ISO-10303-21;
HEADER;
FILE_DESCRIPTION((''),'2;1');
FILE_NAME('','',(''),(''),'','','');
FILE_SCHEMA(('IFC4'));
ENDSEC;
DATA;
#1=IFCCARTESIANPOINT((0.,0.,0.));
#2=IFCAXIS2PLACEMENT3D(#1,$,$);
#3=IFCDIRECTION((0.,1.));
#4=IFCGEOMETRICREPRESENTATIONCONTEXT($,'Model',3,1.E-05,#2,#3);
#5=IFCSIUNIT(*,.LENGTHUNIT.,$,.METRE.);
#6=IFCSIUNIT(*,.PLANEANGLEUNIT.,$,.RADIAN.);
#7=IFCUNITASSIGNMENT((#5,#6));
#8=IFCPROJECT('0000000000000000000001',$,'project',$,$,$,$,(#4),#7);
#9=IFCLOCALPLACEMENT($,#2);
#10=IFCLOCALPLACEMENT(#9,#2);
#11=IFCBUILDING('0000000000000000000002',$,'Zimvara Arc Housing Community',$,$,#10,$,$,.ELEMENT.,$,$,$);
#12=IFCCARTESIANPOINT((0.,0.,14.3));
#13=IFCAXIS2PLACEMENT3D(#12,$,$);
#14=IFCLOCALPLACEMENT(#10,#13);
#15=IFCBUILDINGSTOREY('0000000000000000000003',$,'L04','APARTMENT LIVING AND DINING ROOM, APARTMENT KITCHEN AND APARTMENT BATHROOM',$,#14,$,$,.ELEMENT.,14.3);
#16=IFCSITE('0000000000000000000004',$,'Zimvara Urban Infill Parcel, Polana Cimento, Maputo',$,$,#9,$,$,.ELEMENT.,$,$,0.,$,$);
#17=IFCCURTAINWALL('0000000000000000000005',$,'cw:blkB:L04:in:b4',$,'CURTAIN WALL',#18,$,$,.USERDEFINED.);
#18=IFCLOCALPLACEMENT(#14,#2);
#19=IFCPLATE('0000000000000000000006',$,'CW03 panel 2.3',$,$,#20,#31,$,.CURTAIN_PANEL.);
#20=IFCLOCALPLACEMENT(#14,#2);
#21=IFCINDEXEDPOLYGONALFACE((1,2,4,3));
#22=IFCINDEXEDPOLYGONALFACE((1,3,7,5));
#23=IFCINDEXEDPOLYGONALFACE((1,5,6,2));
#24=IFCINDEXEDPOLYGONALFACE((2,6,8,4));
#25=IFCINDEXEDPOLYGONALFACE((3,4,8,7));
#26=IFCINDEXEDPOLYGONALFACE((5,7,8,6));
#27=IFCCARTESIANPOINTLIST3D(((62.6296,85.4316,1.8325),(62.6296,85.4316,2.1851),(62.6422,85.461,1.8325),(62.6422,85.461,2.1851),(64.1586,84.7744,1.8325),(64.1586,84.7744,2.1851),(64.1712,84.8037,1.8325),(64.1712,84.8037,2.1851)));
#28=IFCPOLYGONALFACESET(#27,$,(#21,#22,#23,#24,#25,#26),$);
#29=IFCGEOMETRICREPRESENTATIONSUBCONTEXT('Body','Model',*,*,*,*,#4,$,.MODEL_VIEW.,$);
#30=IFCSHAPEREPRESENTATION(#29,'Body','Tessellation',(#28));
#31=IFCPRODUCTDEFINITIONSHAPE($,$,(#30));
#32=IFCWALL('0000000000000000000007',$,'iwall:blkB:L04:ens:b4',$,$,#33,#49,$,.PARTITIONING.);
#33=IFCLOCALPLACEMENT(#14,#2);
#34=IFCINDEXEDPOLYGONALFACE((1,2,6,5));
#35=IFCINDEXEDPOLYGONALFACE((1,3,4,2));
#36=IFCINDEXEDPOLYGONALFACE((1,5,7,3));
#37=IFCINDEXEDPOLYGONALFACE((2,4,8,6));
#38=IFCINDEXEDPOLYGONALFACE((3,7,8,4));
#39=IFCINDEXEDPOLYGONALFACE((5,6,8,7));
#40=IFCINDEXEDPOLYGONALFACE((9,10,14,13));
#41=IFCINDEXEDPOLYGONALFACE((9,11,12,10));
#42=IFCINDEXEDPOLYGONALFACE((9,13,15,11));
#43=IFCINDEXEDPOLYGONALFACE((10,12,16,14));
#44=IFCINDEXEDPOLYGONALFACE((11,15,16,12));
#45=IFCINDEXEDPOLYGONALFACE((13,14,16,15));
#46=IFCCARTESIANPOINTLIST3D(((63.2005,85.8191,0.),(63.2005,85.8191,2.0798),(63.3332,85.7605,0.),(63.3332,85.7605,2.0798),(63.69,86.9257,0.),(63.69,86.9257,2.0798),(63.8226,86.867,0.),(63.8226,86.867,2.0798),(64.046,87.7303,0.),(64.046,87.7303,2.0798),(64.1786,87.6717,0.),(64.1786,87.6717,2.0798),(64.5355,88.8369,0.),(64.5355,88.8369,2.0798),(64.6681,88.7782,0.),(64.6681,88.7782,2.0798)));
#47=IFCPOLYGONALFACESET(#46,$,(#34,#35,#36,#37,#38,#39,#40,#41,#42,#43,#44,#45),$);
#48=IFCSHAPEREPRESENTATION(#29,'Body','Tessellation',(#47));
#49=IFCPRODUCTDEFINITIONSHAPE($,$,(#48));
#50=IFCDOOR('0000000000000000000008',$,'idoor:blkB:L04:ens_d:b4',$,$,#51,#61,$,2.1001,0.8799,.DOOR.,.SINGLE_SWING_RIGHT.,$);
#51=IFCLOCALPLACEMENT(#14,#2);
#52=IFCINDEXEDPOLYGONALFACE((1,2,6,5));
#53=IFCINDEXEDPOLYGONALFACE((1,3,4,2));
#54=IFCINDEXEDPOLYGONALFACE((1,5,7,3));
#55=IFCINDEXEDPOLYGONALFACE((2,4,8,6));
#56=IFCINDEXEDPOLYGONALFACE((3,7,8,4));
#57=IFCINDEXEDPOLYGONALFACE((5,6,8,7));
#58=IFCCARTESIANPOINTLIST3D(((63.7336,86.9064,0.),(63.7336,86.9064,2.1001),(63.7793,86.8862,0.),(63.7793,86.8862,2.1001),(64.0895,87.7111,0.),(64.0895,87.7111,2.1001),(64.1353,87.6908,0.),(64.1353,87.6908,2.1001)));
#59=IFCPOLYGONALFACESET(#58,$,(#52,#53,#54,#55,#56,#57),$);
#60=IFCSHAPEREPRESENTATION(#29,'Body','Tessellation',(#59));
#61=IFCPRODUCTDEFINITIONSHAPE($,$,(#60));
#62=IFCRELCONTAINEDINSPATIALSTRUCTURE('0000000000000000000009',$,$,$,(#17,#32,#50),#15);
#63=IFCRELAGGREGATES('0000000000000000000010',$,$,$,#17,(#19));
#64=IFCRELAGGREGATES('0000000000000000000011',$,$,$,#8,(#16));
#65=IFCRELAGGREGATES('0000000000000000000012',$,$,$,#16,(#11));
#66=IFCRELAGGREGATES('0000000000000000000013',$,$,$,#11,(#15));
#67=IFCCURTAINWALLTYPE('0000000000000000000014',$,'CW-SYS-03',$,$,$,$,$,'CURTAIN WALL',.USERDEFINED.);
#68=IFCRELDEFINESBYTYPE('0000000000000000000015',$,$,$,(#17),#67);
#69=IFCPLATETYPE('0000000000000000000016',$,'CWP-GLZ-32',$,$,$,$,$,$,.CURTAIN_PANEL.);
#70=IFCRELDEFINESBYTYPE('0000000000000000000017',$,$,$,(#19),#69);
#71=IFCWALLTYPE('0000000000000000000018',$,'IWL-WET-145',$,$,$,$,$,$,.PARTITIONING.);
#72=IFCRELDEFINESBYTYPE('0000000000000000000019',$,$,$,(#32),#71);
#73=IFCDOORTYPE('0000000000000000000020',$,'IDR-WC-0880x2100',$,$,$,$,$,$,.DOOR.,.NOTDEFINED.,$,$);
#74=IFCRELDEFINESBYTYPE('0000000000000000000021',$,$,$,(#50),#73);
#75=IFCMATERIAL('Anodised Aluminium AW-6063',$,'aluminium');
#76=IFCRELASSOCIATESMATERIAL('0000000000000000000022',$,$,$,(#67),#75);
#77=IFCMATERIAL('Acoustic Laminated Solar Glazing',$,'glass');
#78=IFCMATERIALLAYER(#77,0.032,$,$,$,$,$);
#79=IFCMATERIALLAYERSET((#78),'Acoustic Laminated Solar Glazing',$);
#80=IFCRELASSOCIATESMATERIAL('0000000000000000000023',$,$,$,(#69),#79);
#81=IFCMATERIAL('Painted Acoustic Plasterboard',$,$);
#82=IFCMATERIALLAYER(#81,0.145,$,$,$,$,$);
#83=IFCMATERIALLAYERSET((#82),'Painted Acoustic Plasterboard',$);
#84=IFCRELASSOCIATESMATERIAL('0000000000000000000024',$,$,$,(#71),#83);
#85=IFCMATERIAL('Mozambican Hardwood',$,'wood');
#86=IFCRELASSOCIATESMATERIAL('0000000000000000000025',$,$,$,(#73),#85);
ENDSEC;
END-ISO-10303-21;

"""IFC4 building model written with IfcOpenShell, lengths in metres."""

from ifc_helpers import new_model, si_unit, direction, frame, frame_2d, origin, origin_2d, place, context, subcontext, project, spatial, rectangle, extrude, material, layer, layer_set, type_object, element, fill, aggregate, save


model = new_model("IFC4")

# Units and contexts
model_context = context("Model", 3, precision=1e-05, world=origin(), true_north=direction((0.0, 1.0)))
body_context = subcontext(model_context, "Body", "Model", "MODEL_VIEW")
ifc_project = project(units=[si_unit("LENGTHUNIT", "METRE"), si_unit("PLANEANGLEUNIT", "RADIAN")], contexts=[model_context])

# Site, building, storey
site_placement = place(None, origin())
site = spatial("IfcSite", under=ifc_project, at=site_placement, Name="Zimvara Urban Infill Parcel, Polana Cimento, Maputo", CompositionType="ELEMENT", RefElevation=0.0)
building_placement = place(site_placement, origin())
building = spatial("IfcBuilding", under=site, at=building_placement, Name="Zimvara Arc Housing Community", CompositionType="ELEMENT")
storey_placement = place(building_placement, frame((0.0, 0.0, 14.3)))
storey = spatial("IfcBuildingStorey", under=building, at=storey_placement, Name="L04", Description="APARTMENT LIVING AND DINING ROOM, APARTMENT KITCHEN AND APARTMENT BATHROOM", CompositionType="ELEMENT", Elevation=14.3)

# Curtain wall
ifc_material_1 = material(Name="Anodised Aluminium AW-6063", Category="aluminium")
curtain_wall_type_1 = type_object("IfcCurtainWallType", Name="CW-SYS-03", ElementType="CURTAIN WALL", PredefinedType="USERDEFINED", material=ifc_material_1)
curtain_wall_1_placement = place(storey_placement, origin())
curtain_wall_1 = element("IfcCurtainWall", 1, at=curtain_wall_1_placement, inside=storey, type_object=curtain_wall_type_1, Name="cw:blkB:L04:in:b4", ObjectType="CURTAIN WALL", PredefinedType="USERDEFINED")

# Plate
ifc_material_2 = material(Name="Acoustic Laminated Solar Glazing", Category="glass")
ifc_layer_1 = layer(ifc_material_2, 0.032)
ifc_layer_set_1 = layer_set([ifc_layer_1], Name="Acoustic Laminated Solar Glazing")
plate_type_1 = type_object("IfcPlateType", Name="CWP-GLZ-32", PredefinedType="CURTAIN_PANEL", material=ifc_layer_set_1)
plate_1_placement = place(storey_placement, frame((63.4004, 85.1177, 1.8325), z_axis=(0.0, 0.0, 1.0), x_axis=(0.918722, -0.394904, 0.0)))
plate_1 = element("IfcPlate", 2, at=plate_1_placement, type_object=plate_type_1, Name="CW03 panel 2.3", PredefinedType="CURTAIN_PANEL", context=body_context, shape_type="SweptSolid", body=[
    extrude(rectangle(XDim=1.6643, YDim=0.032, at=origin_2d()), origin(), (0.0, 0.0, 1.0), 0.3525),
])
aggregate(curtain_wall_1, [plate_1])

# Wall, opening, door
ifc_material_3 = material(Name="Painted Acoustic Plasterboard")
ifc_layer_2 = layer(ifc_material_3, 0.145)
ifc_layer_set_2 = layer_set([ifc_layer_2], Name="Painted Acoustic Plasterboard")
wall_type = type_object("IfcWallType", Name="IWL-WET-145", PredefinedType="PARTITIONING", material=ifc_layer_set_2)
wall_placement = place(storey_placement, frame((63.2668, 85.7898, 0.0), z_axis=(0.0, 0.0, 1.0), x_axis=(0.404545, 0.914518, 0.0)))
wall = element("IfcWall", 3, at=wall_placement, inside=storey, type_object=wall_type, Name="iwall:blkB:L04:ens:b4", PredefinedType="PARTITIONING", context=body_context, shape_type="SweptSolid", body=[
    extrude(rectangle(XDim=3.2998, YDim=0.145, at=frame_2d((1.6499, 0.0))), origin(), (0.0, 0.0, 1.0), 2.0798),
])
opening_placement = place(wall_placement, frame((1.21, 0.0, 0.0)))
opening = element("IfcOpeningElement", 4, at=opening_placement, cuts=wall, PredefinedType="OPENING", context=body_context, shape_type="SweptSolid", body=[
    extrude(rectangle(XDim=0.8799, YDim=2.1001, at=frame_2d((0.4399, 1.05))), frame((0.0, 0.0825, 0.0), z_axis=(0.0, -1.0, 0.0), x_axis=(1.0, 0.0, 0.0)), (0.0, 0.0, 1.0), 0.165),
])
ifc_material_4 = material(Name="Mozambican Hardwood", Category="wood")
door_type = type_object("IfcDoorType", Name="IDR-WC-0880x2100", OperationType="NOTDEFINED", PredefinedType="DOOR", material=ifc_material_4)
door_placement = place(opening_placement, origin())
door = element("IfcDoor", 5, at=door_placement, inside=storey, type_object=door_type, Name="idoor:blkB:L04:ens_d:b4", OperationType="SINGLE_SWING_RIGHT", OverallHeight=2.1001, OverallWidth=0.8799, PredefinedType="DOOR", context=body_context, shape_type="SweptSolid", body=[
    extrude(rectangle(XDim=0.8799, YDim=2.1001, at=frame_2d((0.4399, 1.05))), frame((0.0, 0.0249, 0.0), z_axis=(0.0, -1.0, 0.0), x_axis=(1.0, 0.0, 0.0)), (0.0, 0.0, 1.0), 0.05),
])
fill(opening, door)

save(model, "model.ifc")
